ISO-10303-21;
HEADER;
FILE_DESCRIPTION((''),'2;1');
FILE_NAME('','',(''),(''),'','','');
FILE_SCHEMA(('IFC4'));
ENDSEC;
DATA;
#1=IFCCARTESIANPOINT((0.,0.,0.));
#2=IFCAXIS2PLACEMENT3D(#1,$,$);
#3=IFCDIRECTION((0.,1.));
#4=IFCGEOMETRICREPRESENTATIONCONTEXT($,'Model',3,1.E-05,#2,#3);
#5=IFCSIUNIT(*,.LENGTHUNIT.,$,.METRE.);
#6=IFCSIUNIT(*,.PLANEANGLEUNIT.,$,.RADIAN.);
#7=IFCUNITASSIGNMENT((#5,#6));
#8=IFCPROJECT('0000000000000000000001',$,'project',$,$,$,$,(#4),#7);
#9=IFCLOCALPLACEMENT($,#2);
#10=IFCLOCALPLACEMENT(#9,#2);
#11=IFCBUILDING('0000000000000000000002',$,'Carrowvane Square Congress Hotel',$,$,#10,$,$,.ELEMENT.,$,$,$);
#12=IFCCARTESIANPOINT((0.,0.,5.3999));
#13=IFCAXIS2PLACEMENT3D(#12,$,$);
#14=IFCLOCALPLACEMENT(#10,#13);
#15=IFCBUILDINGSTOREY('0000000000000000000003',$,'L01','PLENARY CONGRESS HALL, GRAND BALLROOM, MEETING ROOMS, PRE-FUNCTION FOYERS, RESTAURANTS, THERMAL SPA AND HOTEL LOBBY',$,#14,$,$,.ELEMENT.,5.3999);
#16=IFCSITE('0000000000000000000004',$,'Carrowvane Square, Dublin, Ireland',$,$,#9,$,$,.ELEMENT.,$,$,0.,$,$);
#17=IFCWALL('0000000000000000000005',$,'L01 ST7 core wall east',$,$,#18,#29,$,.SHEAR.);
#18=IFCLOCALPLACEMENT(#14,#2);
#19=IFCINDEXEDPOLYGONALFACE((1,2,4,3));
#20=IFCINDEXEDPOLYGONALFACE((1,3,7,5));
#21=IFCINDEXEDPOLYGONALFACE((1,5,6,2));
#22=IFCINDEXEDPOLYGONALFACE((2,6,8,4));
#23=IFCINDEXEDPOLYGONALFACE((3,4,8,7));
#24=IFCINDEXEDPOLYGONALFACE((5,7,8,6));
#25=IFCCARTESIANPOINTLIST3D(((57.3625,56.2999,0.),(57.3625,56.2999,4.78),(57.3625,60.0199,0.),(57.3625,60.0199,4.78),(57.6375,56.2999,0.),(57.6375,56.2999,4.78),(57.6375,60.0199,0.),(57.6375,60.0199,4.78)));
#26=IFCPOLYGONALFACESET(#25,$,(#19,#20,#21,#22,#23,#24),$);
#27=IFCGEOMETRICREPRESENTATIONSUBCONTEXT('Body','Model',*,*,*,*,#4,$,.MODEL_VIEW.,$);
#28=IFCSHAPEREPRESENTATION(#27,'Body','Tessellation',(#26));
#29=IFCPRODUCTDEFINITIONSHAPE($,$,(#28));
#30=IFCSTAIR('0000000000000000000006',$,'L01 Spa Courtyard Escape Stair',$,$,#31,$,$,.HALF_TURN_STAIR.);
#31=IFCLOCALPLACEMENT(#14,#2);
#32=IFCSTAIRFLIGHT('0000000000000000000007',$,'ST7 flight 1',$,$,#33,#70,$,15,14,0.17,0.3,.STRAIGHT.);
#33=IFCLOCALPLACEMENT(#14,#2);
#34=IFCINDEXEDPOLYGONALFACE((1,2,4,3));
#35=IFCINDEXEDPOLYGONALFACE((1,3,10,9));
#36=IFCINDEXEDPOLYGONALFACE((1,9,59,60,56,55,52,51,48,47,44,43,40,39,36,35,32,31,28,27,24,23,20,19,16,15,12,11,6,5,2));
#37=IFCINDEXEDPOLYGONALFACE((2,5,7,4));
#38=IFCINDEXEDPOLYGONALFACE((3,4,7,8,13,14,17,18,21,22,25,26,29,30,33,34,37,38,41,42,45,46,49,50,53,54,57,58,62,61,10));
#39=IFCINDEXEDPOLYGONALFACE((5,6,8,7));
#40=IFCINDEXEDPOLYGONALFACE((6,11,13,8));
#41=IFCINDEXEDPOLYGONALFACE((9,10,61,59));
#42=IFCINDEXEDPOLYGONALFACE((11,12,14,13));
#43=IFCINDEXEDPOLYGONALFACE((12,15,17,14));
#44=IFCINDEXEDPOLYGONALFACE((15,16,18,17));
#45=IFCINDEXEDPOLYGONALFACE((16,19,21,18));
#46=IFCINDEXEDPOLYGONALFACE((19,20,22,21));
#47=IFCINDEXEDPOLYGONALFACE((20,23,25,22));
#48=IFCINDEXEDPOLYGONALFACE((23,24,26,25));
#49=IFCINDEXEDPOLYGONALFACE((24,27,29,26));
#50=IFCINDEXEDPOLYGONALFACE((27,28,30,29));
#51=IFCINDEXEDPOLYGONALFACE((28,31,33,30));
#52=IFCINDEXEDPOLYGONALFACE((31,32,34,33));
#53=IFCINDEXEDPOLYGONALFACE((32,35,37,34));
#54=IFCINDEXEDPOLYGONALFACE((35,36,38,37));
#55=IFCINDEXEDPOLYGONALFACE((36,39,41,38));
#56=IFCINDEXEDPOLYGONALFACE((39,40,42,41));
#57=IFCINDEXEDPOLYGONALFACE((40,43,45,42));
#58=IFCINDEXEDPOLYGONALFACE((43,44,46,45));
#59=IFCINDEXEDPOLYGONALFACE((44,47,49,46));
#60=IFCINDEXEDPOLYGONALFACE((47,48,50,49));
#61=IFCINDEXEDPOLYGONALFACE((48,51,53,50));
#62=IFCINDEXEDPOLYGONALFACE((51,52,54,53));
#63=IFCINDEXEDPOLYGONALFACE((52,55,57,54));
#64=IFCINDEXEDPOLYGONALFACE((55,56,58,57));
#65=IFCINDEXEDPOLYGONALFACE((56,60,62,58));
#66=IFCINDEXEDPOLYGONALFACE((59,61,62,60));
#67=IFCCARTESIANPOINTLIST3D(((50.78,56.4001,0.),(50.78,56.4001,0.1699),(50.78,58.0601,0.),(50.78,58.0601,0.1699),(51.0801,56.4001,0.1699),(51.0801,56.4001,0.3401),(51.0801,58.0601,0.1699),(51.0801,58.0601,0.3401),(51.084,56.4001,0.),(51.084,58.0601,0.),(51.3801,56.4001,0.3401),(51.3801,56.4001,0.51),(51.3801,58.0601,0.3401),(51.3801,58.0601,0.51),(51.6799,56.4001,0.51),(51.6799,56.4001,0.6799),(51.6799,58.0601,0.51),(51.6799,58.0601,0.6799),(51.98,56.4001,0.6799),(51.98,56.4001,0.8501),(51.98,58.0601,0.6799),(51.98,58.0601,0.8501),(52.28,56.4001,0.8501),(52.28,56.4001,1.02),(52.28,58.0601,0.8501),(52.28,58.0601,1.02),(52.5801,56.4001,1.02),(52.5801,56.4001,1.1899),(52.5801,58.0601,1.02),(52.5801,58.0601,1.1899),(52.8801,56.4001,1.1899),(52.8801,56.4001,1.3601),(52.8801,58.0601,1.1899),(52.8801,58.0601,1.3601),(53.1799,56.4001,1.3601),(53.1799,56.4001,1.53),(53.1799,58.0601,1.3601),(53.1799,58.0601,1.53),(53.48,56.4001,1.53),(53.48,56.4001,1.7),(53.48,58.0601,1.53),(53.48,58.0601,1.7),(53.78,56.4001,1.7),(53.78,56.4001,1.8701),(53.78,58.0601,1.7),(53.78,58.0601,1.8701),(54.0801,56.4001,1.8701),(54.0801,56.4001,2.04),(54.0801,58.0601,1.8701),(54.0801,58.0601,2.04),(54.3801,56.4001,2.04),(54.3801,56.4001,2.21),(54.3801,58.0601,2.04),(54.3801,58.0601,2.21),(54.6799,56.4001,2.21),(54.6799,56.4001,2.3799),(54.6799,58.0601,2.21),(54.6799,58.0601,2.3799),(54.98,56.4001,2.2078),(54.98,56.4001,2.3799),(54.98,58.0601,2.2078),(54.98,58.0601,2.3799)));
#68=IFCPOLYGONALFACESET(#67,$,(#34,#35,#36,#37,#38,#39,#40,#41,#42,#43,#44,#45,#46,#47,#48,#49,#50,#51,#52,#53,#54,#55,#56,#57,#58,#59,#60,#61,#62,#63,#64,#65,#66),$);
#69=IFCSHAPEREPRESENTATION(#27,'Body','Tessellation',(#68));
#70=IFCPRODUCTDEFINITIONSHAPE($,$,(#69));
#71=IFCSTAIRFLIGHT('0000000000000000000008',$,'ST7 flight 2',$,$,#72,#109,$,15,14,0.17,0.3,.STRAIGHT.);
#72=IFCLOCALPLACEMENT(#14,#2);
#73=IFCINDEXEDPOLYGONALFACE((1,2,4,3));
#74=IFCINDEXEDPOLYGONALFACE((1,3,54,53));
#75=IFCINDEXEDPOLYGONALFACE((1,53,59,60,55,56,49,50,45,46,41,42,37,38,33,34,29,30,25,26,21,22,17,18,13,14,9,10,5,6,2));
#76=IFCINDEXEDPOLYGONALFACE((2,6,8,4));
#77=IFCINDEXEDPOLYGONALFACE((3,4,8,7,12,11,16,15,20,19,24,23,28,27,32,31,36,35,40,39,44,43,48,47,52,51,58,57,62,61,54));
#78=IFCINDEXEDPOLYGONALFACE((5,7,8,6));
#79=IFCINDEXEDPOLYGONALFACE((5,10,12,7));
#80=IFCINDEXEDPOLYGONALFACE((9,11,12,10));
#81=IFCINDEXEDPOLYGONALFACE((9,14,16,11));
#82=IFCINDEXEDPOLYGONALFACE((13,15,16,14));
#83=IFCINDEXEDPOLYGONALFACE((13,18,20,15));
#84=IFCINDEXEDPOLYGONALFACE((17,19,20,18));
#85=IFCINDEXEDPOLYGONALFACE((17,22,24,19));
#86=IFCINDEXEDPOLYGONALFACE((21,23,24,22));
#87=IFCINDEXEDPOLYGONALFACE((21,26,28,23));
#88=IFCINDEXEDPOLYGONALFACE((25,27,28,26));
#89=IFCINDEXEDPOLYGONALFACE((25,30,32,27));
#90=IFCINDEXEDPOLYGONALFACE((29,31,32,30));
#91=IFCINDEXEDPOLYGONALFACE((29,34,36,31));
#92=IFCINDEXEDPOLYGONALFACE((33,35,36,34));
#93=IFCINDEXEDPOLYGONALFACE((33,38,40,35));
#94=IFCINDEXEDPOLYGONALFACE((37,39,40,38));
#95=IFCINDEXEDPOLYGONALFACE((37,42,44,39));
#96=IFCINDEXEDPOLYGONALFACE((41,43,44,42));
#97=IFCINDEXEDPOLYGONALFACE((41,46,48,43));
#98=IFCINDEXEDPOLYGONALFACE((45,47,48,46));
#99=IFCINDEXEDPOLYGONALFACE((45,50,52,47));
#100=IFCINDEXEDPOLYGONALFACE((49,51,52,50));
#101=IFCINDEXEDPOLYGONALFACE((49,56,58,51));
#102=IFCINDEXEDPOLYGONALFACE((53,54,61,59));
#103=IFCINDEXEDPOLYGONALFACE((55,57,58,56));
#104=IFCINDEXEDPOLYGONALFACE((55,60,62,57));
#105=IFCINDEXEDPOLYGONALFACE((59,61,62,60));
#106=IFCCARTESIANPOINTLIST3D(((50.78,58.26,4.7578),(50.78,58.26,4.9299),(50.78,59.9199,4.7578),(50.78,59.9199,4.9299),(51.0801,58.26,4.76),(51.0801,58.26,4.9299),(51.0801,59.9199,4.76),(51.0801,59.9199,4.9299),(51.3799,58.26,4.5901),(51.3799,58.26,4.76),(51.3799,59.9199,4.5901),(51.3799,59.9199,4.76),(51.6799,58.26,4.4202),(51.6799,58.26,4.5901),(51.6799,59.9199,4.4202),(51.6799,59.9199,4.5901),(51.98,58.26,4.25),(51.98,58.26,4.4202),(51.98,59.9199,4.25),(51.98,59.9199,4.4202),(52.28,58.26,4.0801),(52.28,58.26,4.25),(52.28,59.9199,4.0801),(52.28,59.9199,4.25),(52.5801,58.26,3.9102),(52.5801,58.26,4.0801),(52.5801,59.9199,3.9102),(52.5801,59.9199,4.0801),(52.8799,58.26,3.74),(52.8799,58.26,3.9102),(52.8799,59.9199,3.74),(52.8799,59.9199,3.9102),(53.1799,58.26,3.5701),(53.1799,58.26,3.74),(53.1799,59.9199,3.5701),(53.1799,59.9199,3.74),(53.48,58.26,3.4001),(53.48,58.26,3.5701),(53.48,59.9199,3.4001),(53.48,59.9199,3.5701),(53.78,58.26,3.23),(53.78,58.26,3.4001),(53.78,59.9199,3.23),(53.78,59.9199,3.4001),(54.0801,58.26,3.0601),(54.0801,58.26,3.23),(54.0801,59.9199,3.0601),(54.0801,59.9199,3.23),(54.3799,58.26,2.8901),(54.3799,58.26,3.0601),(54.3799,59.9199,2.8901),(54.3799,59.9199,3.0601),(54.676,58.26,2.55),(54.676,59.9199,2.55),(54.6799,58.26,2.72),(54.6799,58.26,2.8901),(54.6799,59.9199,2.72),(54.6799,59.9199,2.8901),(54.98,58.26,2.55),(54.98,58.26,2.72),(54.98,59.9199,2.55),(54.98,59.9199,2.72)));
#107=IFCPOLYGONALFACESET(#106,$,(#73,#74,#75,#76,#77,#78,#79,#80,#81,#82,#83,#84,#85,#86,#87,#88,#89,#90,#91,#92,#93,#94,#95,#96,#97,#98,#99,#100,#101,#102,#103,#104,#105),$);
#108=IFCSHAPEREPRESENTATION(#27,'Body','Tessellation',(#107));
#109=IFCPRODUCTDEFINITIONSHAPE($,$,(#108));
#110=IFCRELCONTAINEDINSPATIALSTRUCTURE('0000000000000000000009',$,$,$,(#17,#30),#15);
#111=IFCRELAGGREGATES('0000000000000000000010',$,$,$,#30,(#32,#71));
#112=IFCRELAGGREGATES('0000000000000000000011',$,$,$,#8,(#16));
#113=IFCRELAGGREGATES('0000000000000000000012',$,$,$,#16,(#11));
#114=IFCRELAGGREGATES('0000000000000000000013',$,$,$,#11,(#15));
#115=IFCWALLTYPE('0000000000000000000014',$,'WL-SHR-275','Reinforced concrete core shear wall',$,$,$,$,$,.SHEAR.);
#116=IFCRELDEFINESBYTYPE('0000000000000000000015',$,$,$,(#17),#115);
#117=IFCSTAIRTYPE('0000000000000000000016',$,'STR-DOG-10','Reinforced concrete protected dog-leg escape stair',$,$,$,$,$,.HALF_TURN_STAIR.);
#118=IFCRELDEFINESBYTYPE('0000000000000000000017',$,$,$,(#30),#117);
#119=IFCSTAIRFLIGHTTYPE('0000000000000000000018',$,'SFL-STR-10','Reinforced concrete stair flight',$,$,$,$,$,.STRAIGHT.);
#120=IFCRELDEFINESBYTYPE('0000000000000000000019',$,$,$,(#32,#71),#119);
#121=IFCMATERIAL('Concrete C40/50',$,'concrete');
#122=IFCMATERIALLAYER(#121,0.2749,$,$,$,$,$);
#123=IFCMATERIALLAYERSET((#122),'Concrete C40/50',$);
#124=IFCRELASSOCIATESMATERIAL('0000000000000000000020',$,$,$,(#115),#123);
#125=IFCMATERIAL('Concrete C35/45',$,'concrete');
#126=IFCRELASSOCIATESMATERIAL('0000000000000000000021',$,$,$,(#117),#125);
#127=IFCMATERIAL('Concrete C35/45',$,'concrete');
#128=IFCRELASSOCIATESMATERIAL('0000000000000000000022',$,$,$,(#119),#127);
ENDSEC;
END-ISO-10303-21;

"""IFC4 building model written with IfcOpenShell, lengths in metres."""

from ifc_helpers import new_model, si_unit, direction, frame, frame_2d, origin, place, context, subcontext, project, spatial, polyline, rectangle, outline, extrude, material, layer, layer_set, type_object, element, aggregate, save


model = new_model("IFC4")

# Units and contexts
model_context = context("Model", 3, precision=1e-05, world=origin(), true_north=direction((0.0, 1.0)))
body_context = subcontext(model_context, "Body", "Model", "MODEL_VIEW")
ifc_project = project(units=[si_unit("LENGTHUNIT", "METRE"), si_unit("PLANEANGLEUNIT", "RADIAN")], contexts=[model_context])

# Site, building, storey
site_placement = place(None, origin())
site = spatial("IfcSite", under=ifc_project, at=site_placement, Name="Carrowvane Square, Dublin, Ireland", CompositionType="ELEMENT", RefElevation=0.0)
building_placement = place(site_placement, origin())
building = spatial("IfcBuilding", under=site, at=building_placement, Name="Carrowvane Square Congress Hotel", CompositionType="ELEMENT")
storey_placement = place(building_placement, frame((0.0, 0.0, 5.3999)))
storey = spatial("IfcBuildingStorey", under=building, at=storey_placement, Name="L01", Description="PLENARY CONGRESS HALL, GRAND BALLROOM, MEETING ROOMS, PRE-FUNCTION FOYERS, RESTAURANTS, THERMAL SPA AND HOTEL LOBBY", CompositionType="ELEMENT", Elevation=5.3999)

# Wall
ifc_material_1 = material(Name="Concrete C40/50", Category="concrete")
ifc_layer_1 = layer(ifc_material_1, 0.2749)
ifc_layer_set_1 = layer_set([ifc_layer_1], Name="Concrete C40/50")
wall_type_1 = type_object("IfcWallType", Name="WL-SHR-275", Description="Reinforced concrete core shear wall", PredefinedType="SHEAR", material=ifc_layer_set_1)
wall_1_placement = place(storey_placement, frame((57.5, 56.3, 0.0), z_axis=(0.0, 0.0, 1.0), x_axis=(0.0, 1.0, 0.0)))
element("IfcWall", 1, at=wall_1_placement, inside=storey, type_object=wall_type_1, Name="L01 ST7 core wall east", PredefinedType="SHEAR", context=body_context, shape_type="SweptSolid", body=[
    extrude(rectangle(XDim=3.72, YDim=0.2749, at=frame_2d((1.8599, 0.0))), origin(), (0.0, 0.0, 1.0), 4.78),
])

# Stair, stair flights
ifc_material_2 = material(Name="Concrete C35/45", Category="concrete")
stair_type = type_object("IfcStairType", Name="STR-DOG-10", Description="Reinforced concrete protected dog-leg escape stair", PredefinedType="HALF_TURN_STAIR", material=ifc_material_2)
stair_placement = place(storey_placement, origin())
stair = element("IfcStair", 2, at=stair_placement, inside=storey, type_object=stair_type, Name="L01 Spa Courtyard Escape Stair", PredefinedType="HALF_TURN_STAIR")
ifc_material_3 = material(Name="Concrete C35/45", Category="concrete")
stair_flight_type = type_object("IfcStairFlightType", Name="SFL-STR-10", Description="Reinforced concrete stair flight", PredefinedType="STRAIGHT", material=ifc_material_3)
stair_flight_1_placement = place(storey_placement, frame((50.78, 57.23, 0.0), z_axis=(0.0, 0.0, 1.0), x_axis=(1.0, 0.0, 0.0)))
stair_flight_1 = element("IfcStairFlight", 3, at=stair_flight_1_placement, type_object=stair_flight_type, Name="ST7 flight 1", NumberOfRisers=15, NumberOfTreads=14, PredefinedType="STRAIGHT", RiserHeight=0.17, TreadLength=0.3, context=body_context, shape_type="SweptSolid", body=[
    extrude(outline(polyline([(0.0, 0.0), (0.0, 0.1699), (0.3, 0.1699), (0.3, 0.3401), (0.6001, 0.3401), (0.6001, 0.51), (0.8999, 0.51), (0.8999, 0.6799), (1.2, 0.6799), (1.2, 0.8501), (1.5, 0.8501), (1.5, 1.02), (1.8, 1.02), (1.8, 1.1899), (2.1001, 1.1899), (2.1001, 1.3601), (2.3999, 1.3601), (2.3999, 1.53), (2.7, 1.53), (2.7, 1.7), (3.0, 1.7), (3.0, 1.8701), (3.3, 1.8701), (3.3, 2.04), (3.6001, 2.04), (3.6001, 2.21), (3.8999, 2.21), (3.8999, 2.3799), (4.2, 2.3799), (4.2, 2.55), (4.2, 2.2078), (0.304, 0.0), (0.0, 0.0)])), frame((0.0, 0.8301, 0.0), z_axis=(0.0, -1.0, 0.0), x_axis=(1.0, 0.0, 0.0)), (0.0, 0.0, 1.0), 1.6599),
])
stair_flight_2_placement = place(storey_placement, frame((54.98, 59.0901, 2.55), z_axis=(0.0, 0.0, 1.0), x_axis=(-1.0, 0.0, 0.0)))
stair_flight_2 = element("IfcStairFlight", 4, at=stair_flight_2_placement, type_object=stair_flight_type, Name="ST7 flight 2", NumberOfRisers=15, NumberOfTreads=14, PredefinedType="STRAIGHT", RiserHeight=0.17, TreadLength=0.3, context=body_context, shape_type="SweptSolid", body=[
    extrude(outline(polyline([(0.0, 0.0), (0.0, 0.1699), (0.3, 0.1699), (0.3, 0.3401), (0.6001, 0.3401), (0.6001, 0.51), (0.8999, 0.51), (0.8999, 0.6799), (1.2, 0.6799), (1.2, 0.8501), (1.5, 0.8501), (1.5, 1.02), (1.8, 1.02), (1.8, 1.1899), (2.1001, 1.1899), (2.1001, 1.3601), (2.3999, 1.3601), (2.3999, 1.53), (2.7, 1.53), (2.7, 1.7), (3.0, 1.7), (3.0, 1.8701), (3.3, 1.8701), (3.3, 2.04), (3.6001, 2.04), (3.6001, 2.21), (3.8999, 2.21), (3.8999, 2.3799), (4.2, 2.3799), (4.2, 2.55), (4.2, 2.2078), (0.304, 0.0), (0.0, 0.0)])), frame((0.0, 0.8301, 0.0), z_axis=(0.0, -1.0, 0.0), x_axis=(1.0, 0.0, 0.0)), (0.0, 0.0, 1.0), 1.6599),
])
aggregate(stair, [stair_flight_1, stair_flight_2])

save(model, "model.ifc")
